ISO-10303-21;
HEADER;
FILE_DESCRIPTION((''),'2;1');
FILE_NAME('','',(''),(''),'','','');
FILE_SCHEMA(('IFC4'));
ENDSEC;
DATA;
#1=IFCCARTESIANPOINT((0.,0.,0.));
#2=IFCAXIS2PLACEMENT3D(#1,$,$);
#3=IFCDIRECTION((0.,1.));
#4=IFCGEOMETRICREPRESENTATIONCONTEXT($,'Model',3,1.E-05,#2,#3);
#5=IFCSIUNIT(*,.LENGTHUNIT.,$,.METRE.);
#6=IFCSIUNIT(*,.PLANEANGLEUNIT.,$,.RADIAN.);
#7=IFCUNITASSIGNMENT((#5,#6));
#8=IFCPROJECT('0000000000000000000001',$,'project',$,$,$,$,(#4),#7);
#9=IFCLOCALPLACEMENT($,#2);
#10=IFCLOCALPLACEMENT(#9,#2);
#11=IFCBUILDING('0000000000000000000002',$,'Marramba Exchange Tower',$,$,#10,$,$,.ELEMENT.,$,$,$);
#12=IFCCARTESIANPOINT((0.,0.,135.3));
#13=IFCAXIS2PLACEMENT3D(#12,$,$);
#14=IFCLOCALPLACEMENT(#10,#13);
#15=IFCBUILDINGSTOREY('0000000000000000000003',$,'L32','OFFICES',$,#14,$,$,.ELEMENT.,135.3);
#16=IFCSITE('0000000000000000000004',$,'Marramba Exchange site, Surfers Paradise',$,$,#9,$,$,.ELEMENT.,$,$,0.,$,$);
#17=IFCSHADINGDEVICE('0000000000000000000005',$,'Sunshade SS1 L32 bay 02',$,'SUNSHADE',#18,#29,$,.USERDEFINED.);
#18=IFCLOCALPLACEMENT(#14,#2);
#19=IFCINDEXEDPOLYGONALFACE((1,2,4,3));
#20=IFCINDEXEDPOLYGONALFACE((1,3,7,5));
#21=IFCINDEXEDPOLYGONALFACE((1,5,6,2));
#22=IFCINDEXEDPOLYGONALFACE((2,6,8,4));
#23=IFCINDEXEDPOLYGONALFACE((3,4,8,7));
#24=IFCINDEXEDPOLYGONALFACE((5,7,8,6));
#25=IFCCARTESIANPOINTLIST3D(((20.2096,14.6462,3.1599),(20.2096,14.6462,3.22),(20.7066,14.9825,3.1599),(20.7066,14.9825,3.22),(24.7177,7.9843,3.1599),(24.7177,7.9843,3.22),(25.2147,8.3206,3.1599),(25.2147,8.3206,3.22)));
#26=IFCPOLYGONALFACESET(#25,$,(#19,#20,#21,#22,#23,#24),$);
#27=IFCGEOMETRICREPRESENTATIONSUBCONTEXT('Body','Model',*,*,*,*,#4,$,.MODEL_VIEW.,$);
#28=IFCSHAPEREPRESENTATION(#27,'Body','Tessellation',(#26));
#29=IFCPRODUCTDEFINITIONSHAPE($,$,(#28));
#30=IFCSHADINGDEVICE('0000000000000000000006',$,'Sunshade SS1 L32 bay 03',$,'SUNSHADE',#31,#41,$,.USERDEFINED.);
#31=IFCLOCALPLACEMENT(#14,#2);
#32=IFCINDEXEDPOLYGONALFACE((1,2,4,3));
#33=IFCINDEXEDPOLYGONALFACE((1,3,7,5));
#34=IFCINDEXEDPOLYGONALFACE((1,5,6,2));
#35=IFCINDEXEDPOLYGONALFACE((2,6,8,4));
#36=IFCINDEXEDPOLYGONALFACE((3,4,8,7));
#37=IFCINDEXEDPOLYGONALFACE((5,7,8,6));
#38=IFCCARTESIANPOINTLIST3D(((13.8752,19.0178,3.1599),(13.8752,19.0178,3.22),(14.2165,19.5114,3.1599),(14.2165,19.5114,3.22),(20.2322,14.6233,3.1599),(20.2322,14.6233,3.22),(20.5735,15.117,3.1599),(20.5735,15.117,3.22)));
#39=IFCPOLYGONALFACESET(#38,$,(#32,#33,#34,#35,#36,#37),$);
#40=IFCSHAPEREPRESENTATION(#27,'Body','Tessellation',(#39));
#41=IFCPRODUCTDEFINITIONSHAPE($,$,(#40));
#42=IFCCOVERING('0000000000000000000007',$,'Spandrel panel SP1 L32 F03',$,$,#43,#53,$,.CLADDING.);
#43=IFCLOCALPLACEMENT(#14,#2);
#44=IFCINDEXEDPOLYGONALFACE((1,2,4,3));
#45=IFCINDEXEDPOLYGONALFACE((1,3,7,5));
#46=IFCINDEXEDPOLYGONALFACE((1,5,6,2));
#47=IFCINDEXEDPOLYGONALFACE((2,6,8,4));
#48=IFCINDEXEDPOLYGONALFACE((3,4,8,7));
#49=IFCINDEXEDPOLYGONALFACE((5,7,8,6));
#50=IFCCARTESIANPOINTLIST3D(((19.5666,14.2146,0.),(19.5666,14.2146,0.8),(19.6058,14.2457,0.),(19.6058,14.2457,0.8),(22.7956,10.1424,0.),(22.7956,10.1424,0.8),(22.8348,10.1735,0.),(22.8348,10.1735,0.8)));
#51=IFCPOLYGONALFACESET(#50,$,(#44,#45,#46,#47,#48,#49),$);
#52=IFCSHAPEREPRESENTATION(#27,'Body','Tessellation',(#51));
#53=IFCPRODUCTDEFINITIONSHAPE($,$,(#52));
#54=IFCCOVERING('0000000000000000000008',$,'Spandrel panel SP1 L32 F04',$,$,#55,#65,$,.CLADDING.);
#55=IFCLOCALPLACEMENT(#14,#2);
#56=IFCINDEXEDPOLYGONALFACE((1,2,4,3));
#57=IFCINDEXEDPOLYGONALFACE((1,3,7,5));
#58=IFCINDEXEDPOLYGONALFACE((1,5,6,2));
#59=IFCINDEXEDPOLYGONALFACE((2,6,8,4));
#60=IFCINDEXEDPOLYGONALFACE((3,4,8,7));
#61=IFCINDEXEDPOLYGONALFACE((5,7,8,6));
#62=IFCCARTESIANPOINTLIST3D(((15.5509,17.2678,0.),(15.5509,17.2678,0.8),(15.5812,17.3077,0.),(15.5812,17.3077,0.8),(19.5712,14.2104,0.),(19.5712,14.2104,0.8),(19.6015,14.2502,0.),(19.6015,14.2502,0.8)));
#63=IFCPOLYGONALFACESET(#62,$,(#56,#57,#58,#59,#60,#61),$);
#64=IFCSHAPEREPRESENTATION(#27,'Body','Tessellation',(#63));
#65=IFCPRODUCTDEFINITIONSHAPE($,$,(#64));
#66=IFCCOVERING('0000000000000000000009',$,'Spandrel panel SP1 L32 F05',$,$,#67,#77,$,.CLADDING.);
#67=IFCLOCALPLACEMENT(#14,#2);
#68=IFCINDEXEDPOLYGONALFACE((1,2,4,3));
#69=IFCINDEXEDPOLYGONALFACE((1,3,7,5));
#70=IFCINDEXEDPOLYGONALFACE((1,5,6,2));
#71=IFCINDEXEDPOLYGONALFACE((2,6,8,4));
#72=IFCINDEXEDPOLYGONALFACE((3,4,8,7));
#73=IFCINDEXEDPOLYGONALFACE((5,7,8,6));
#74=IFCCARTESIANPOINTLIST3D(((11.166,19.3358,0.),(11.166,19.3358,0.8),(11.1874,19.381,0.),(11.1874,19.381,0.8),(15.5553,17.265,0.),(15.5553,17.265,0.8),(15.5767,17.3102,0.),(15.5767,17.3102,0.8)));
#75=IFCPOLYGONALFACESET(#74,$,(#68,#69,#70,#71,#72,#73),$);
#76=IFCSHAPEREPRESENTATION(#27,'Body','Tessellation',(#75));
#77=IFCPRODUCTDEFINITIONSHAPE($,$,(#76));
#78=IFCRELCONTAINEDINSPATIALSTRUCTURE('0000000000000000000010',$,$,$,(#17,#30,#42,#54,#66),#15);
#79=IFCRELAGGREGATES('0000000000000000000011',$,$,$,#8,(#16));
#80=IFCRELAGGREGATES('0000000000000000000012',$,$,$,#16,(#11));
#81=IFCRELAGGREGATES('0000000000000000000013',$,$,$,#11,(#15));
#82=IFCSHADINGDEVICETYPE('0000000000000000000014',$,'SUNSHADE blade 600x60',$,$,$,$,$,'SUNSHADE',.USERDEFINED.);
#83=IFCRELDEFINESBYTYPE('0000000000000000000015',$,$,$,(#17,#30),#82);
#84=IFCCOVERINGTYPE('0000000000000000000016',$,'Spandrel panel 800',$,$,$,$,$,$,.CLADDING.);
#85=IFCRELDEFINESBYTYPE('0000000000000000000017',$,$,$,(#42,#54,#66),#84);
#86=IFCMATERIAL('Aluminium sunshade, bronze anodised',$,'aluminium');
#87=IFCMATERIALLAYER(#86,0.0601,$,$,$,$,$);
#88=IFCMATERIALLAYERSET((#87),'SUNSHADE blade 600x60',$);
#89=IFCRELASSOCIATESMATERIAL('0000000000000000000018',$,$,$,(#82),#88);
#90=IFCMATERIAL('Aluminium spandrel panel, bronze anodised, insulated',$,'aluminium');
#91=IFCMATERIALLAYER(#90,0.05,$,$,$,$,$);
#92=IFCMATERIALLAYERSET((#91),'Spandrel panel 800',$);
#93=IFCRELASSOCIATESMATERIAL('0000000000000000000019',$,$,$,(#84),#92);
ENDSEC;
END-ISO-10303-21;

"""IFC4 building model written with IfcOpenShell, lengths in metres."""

from ifc_helpers import new_model, si_unit, direction, frame, origin, origin_2d, place, context, subcontext, project, spatial, rectangle, extrude, material, layer, layer_set, type_object, element, save


model = new_model("IFC4")

# Units and contexts
model_context = context("Model", 3, precision=1e-05, world=origin(), true_north=direction((0.0, 1.0)))
body_context = subcontext(model_context, "Body", "Model", "MODEL_VIEW")
ifc_project = project(units=[si_unit("LENGTHUNIT", "METRE"), si_unit("PLANEANGLEUNIT", "RADIAN")], contexts=[model_context])

# Site, building, storey
site_placement = place(None, origin())
site = spatial("IfcSite", under=ifc_project, at=site_placement, Name="Marramba Exchange site, Surfers Paradise", CompositionType="ELEMENT", RefElevation=0.0)
building_placement = place(site_placement, origin())
building = spatial("IfcBuilding", under=site, at=building_placement, Name="Marramba Exchange Tower", CompositionType="ELEMENT")
storey_placement = place(building_placement, frame((0.0, 0.0, 135.3)))
storey = spatial("IfcBuildingStorey", under=building, at=storey_placement, Name="L32", Description="OFFICES", CompositionType="ELEMENT", Elevation=135.3)

# Shading devices
ifc_material_1 = material(Name="Aluminium sunshade, bronze anodised", Category="aluminium")
ifc_layer_1 = layer(ifc_material_1, 0.0601)
ifc_layer_set_1 = layer_set([ifc_layer_1], Name="SUNSHADE blade 600x60")
shading_device_type_1 = type_object("IfcShadingDeviceType", Name="SUNSHADE blade 600x60", ElementType="SUNSHADE", PredefinedType="USERDEFINED", material=ifc_layer_set_1)
shading_device_1_placement = place(storey_placement, frame((22.7122, 11.4834, 3.1599), z_axis=(0.0, 0.0, 1.0), x_axis=(-0.560442, 0.828194, 0.0)))
element("IfcShadingDevice", 1, at=shading_device_1_placement, inside=storey, type_object=shading_device_type_1, Name="Sunshade SS1 L32 bay 02", ObjectType="SUNSHADE", PredefinedType="USERDEFINED", context=body_context, shape_type="SweptSolid", body=[
    extrude(rectangle(XDim=8.0439, YDim=0.6001, at=origin_2d()), origin(), (0.0, 0.0, 1.0), 0.0601),
])
shading_device_2_placement = place(storey_placement, frame((17.2244, 17.0674, 3.1599), z_axis=(0.0, 0.0, 1.0), x_axis=(-0.82259, 0.568636, 0.0)))
element("IfcShadingDevice", 2, at=shading_device_2_placement, inside=storey, type_object=shading_device_type_1, Name="Sunshade SS1 L32 bay 03", ObjectType="SUNSHADE", PredefinedType="USERDEFINED", context=body_context, shape_type="SweptSolid", body=[
    extrude(rectangle(XDim=7.728, YDim=0.6001, at=origin_2d()), origin(), (0.0, 0.0, 1.0), 0.0601),
])

# Coverings
ifc_material_2 = material(Name="Aluminium spandrel panel, bronze anodised, insulated", Category="aluminium")
ifc_layer_2 = layer(ifc_material_2, 0.05)
ifc_layer_set_2 = layer_set([ifc_layer_2], Name="Spandrel panel 800")
covering_type = type_object("IfcCoveringType", Name="Spandrel panel 800", PredefinedType="CLADDING", material=ifc_layer_set_2)
covering_1_placement = place(storey_placement, frame((21.2007, 12.1941, 0.0), z_axis=(0.0, 0.0, 1.0), x_axis=(-0.621312, 0.783563, 0.0)))
element("IfcCovering", 3, at=covering_1_placement, inside=storey, type_object=covering_type, Name="Spandrel panel SP1 L32 F03", PredefinedType="CLADDING", context=body_context, shape_type="SweptSolid", body=[
    extrude(rectangle(XDim=5.197, YDim=0.05, at=origin_2d()), origin(), (0.0, 0.0, 1.0), 0.8),
])
covering_2_placement = place(storey_placement, frame((17.5762, 15.759, 0.0), z_axis=(0.0, 0.0, 1.0), x_axis=(-0.795972, 0.605334, 0.0)))
element("IfcCovering", 4, at=covering_2_placement, inside=storey, type_object=covering_type, Name="Spandrel panel SP1 L32 F04", PredefinedType="CLADDING", context=body_context, shape_type="SweptSolid", body=[
    extrude(rectangle(XDim=5.0508, YDim=0.05, at=origin_2d()), origin(), (0.0, 0.0, 1.0), 0.8),
])
covering_3_placement = place(storey_placement, frame((13.3713, 18.323, 0.0), z_axis=(0.0, 0.0, 1.0), x_axis=(-0.904403, 0.426679, 0.0)))
element("IfcCovering", 5, at=covering_3_placement, inside=storey, type_object=covering_type, Name="Spandrel panel SP1 L32 F05", PredefinedType="CLADDING", context=body_context, shape_type="SweptSolid", body=[
    extrude(rectangle(XDim=4.8533, YDim=0.05, at=origin_2d()), origin(), (0.0, 0.0, 1.0), 0.8),
])

save(model, "model.ifc")
